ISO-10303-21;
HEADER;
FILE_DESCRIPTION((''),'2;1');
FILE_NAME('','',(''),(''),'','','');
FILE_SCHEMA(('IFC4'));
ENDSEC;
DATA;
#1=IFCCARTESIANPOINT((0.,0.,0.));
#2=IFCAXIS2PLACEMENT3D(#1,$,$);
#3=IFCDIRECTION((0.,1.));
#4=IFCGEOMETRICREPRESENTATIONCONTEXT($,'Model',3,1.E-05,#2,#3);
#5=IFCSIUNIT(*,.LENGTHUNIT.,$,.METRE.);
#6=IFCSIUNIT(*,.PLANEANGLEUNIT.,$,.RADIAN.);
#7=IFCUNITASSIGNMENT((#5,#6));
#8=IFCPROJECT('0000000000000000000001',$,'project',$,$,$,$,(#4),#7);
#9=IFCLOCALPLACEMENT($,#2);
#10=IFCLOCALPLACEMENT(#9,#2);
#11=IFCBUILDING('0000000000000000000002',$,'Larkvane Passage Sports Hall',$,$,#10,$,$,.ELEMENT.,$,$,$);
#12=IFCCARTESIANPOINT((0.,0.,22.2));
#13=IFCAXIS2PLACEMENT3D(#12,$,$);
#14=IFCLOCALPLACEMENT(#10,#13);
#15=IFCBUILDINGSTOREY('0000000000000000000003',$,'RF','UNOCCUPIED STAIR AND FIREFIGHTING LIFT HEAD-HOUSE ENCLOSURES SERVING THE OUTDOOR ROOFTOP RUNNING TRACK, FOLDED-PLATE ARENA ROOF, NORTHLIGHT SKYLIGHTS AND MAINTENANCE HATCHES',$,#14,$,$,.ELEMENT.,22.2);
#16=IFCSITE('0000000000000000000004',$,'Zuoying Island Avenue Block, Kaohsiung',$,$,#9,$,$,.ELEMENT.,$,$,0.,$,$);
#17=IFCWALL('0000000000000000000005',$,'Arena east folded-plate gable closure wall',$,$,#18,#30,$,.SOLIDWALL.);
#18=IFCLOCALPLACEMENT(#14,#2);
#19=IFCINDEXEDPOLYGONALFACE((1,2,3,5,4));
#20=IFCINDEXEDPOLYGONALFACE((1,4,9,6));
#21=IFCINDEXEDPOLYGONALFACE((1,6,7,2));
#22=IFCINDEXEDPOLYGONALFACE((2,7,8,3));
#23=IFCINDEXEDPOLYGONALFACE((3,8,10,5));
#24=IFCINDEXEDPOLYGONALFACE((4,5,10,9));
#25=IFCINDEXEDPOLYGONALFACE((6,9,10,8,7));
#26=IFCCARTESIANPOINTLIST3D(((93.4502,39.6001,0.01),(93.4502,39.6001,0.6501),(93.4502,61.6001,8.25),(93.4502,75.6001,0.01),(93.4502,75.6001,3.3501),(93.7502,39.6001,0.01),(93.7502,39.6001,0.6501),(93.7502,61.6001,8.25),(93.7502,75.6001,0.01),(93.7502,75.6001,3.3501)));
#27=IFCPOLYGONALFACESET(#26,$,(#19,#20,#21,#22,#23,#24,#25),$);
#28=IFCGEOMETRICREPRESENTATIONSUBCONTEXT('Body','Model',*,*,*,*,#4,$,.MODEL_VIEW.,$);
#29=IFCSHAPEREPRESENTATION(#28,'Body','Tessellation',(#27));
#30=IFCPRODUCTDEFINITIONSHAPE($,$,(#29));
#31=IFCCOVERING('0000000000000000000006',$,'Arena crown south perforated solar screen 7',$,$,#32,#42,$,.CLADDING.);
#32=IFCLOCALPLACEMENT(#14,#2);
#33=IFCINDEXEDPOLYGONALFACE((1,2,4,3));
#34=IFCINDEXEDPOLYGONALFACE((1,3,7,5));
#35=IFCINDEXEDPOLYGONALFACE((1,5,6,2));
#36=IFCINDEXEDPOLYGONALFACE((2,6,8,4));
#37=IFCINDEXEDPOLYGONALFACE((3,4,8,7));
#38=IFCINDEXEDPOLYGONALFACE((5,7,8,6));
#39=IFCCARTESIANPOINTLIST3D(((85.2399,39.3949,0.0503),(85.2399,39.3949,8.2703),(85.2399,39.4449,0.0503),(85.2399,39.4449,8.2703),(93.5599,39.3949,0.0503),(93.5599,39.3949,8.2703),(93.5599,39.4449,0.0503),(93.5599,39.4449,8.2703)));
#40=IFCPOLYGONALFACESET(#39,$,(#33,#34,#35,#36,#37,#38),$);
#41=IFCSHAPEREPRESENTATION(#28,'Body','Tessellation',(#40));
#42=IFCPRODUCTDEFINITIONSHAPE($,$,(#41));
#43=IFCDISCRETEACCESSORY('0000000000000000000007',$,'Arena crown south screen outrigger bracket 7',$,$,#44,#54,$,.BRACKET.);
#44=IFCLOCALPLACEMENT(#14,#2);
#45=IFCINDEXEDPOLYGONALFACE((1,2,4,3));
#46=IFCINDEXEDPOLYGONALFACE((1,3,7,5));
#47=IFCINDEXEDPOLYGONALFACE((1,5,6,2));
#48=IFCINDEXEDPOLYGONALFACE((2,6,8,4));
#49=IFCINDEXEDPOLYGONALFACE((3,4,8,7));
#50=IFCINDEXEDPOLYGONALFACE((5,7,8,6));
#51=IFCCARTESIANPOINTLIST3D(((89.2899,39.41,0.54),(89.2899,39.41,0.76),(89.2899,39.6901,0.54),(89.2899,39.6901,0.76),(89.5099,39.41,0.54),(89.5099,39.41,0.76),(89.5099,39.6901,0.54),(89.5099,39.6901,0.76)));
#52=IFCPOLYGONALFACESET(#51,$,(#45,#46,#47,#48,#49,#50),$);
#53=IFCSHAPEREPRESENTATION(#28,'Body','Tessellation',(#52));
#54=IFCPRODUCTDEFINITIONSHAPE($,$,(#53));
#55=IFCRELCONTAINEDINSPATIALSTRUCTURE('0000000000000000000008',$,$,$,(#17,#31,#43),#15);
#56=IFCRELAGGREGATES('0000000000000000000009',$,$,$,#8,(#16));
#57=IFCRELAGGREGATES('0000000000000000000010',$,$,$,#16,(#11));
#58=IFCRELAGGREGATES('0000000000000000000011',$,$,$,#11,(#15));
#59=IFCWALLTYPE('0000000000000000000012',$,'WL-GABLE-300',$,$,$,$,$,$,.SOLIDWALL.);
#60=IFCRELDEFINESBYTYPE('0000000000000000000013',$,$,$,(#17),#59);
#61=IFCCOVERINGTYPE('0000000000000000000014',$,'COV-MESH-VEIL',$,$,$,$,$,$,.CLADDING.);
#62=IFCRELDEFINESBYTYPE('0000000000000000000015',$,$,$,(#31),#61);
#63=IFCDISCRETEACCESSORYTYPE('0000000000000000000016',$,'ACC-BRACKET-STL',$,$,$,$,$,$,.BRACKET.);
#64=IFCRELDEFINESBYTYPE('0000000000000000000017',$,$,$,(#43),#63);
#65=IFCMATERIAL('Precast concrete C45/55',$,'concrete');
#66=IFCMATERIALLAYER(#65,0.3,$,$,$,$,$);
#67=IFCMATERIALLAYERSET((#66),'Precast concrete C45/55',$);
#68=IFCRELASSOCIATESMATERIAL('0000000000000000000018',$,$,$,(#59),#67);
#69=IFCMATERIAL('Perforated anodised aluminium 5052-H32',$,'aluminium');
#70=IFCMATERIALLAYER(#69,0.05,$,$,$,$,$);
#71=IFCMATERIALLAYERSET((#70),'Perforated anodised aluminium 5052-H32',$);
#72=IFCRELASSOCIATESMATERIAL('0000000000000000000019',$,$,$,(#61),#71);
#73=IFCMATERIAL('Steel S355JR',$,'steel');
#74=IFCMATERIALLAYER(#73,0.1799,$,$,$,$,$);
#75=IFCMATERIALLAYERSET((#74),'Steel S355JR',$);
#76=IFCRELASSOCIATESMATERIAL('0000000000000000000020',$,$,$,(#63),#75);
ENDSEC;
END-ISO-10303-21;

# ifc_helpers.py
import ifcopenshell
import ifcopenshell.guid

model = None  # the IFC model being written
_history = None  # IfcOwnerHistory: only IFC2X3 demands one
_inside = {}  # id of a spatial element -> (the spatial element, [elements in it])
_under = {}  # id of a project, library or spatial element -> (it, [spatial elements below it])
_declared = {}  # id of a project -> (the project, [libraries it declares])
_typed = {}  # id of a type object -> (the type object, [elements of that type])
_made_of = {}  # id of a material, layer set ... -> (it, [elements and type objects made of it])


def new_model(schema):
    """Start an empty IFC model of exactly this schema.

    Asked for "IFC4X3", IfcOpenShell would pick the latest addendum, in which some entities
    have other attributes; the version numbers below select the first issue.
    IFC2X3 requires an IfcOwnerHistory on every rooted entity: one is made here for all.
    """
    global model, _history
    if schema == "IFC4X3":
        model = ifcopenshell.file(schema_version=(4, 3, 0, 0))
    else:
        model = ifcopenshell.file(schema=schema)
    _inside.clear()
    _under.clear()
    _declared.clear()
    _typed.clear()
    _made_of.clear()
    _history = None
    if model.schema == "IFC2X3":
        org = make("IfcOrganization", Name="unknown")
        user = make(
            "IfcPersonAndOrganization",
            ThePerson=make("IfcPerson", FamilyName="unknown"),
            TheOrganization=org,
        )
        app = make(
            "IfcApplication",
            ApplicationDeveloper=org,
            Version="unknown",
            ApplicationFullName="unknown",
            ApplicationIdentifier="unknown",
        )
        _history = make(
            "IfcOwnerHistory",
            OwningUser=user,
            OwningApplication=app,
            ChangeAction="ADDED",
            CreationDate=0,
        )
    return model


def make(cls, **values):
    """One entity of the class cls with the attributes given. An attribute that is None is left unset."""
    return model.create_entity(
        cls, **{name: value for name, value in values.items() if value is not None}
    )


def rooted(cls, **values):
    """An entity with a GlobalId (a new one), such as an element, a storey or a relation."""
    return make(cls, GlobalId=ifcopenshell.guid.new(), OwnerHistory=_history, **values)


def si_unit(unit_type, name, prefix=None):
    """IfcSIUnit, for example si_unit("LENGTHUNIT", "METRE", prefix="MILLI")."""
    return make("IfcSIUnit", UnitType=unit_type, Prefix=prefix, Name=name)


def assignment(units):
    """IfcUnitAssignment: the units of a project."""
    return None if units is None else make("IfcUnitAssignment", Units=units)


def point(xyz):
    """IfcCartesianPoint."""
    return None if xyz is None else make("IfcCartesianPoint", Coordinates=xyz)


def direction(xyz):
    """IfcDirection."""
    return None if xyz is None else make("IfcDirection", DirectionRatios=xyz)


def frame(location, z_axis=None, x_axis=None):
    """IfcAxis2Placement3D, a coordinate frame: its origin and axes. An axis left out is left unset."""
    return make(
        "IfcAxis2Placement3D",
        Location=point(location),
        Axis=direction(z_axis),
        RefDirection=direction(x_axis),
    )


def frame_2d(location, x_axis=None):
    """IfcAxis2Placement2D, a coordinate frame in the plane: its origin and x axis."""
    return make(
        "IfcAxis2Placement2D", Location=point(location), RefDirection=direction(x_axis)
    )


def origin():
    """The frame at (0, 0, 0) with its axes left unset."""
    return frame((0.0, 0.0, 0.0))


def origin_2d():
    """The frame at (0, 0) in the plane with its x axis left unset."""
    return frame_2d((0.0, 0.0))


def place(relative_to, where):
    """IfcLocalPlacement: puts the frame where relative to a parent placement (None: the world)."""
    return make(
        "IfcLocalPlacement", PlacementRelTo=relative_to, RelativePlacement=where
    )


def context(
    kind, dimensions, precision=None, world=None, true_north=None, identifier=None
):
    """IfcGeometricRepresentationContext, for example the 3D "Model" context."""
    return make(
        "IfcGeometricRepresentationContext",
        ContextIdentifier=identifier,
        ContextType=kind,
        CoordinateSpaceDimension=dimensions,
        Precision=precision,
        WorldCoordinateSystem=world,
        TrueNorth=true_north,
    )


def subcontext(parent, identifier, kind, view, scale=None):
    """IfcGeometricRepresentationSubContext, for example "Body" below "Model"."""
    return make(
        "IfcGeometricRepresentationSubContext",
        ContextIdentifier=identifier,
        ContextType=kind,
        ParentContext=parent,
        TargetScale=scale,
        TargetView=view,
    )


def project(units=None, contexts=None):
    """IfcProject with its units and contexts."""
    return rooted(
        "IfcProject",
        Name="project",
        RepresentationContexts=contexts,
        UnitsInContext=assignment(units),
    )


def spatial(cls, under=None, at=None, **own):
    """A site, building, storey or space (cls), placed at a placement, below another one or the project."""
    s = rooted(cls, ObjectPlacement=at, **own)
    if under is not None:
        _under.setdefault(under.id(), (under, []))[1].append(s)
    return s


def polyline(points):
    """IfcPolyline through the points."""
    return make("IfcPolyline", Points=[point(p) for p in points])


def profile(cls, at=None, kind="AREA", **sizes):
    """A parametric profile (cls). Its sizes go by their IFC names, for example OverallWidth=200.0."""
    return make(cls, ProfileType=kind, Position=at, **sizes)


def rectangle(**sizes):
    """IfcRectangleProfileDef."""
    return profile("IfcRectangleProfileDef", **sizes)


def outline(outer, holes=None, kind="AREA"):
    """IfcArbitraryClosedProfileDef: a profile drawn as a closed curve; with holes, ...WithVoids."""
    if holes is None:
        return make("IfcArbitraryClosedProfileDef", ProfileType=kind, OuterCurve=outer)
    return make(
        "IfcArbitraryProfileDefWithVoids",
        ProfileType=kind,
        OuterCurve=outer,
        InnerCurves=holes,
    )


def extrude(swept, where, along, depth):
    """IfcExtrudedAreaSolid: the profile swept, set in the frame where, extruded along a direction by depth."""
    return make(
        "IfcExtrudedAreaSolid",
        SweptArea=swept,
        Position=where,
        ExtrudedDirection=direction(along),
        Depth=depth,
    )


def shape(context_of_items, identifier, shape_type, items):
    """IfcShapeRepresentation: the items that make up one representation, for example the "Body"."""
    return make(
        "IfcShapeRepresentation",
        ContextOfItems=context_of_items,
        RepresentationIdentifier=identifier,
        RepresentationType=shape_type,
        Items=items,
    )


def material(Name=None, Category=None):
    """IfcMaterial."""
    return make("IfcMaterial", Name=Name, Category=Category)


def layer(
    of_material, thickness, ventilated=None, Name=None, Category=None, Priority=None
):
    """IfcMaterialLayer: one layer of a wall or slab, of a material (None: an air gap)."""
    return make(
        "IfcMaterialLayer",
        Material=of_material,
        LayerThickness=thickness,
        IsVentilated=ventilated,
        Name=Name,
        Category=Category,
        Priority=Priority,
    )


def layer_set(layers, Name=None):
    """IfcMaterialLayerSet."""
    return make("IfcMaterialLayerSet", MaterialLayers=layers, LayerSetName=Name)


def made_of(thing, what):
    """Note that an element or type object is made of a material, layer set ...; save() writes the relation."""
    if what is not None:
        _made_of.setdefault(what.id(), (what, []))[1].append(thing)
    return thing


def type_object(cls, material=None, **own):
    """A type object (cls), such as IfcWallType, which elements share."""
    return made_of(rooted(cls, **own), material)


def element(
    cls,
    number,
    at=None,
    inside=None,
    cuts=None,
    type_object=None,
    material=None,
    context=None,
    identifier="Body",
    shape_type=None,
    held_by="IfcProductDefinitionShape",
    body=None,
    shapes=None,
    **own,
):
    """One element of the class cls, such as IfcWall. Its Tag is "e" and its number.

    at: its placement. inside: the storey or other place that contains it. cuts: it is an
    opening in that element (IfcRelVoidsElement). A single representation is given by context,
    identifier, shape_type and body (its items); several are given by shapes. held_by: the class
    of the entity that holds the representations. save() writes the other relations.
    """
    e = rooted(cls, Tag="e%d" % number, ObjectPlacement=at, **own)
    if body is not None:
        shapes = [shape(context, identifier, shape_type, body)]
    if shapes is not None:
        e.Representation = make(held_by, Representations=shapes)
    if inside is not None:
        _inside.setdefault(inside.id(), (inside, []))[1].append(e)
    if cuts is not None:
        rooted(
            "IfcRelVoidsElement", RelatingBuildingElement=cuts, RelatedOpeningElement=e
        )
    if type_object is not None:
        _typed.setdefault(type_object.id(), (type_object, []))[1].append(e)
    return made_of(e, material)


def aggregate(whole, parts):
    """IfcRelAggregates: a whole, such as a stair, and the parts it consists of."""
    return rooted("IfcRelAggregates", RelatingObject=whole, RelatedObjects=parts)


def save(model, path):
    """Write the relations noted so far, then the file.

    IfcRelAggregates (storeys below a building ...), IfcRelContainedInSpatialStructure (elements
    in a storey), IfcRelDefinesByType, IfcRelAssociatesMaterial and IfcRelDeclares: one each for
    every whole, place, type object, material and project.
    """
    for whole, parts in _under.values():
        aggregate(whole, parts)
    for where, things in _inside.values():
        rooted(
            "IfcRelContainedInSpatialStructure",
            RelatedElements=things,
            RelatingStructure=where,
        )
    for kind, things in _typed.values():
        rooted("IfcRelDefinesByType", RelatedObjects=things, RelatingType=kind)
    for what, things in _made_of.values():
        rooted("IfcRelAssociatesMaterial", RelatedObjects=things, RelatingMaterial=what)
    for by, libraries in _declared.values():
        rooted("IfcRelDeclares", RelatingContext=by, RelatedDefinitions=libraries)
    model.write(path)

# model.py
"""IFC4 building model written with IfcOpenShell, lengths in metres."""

from ifc_helpers import new_model, si_unit, direction, frame, origin, origin_2d, place, context, subcontext, project, spatial, polyline, rectangle, outline, extrude, material, layer, layer_set, type_object, element, save


model = new_model("IFC4")

# Units and contexts
model_context = context("Model", 3, precision=1e-05, world=origin(), true_north=direction((0.0, 1.0)))
body_context = subcontext(model_context, "Body", "Model", "MODEL_VIEW")
ifc_project = project(units=[si_unit("LENGTHUNIT", "METRE"), si_unit("PLANEANGLEUNIT", "RADIAN")], contexts=[model_context])

# Site, building, storey
site_placement = place(None, origin())
site = spatial("IfcSite", under=ifc_project, at=site_placement, Name="Zuoying Island Avenue Block, Kaohsiung", CompositionType="ELEMENT", RefElevation=0.0)
building_placement = place(site_placement, origin())
building = spatial("IfcBuilding", under=site, at=building_placement, Name="Larkvane Passage Sports Hall", CompositionType="ELEMENT")
storey_placement = place(building_placement, frame((0.0, 0.0, 22.2)))
storey = spatial("IfcBuildingStorey", under=building, at=storey_placement, Name="RF", Description="UNOCCUPIED STAIR AND FIREFIGHTING LIFT HEAD-HOUSE ENCLOSURES SERVING THE OUTDOOR ROOFTOP RUNNING TRACK, FOLDED-PLATE ARENA ROOF, NORTHLIGHT SKYLIGHTS AND MAINTENANCE HATCHES", CompositionType="ELEMENT", Elevation=22.2)

# Shared definitions
ifc_material_1 = material(Name="Steel S355JR", Category="steel")

# Shared definitions
ifc_material_2 = material(Name="Precast concrete C45/55", Category="concrete")

# Wall
ifc_layer_1 = layer(ifc_material_2, 0.3)
ifc_layer_set_1 = layer_set([ifc_layer_1], Name="Precast concrete C45/55")
wall_type = type_object("IfcWallType", Name="WL-GABLE-300", PredefinedType="SOLIDWALL", material=ifc_layer_set_1)
wall_placement = place(storey_placement, frame((93.6001, 39.6001, 0.01), z_axis=(0.0, 0.0, 1.0), x_axis=(0.0, 1.0, 0.0)))
element("IfcWall", 1, at=wall_placement, inside=storey, type_object=wall_type, Name="Arena east folded-plate gable closure wall", PredefinedType="SOLIDWALL", context=body_context, shape_type="SweptSolid", body=[
    extrude(outline(polyline([(0.0, 0.0), (36.0, 0.0), (36.0, 3.3401), (22.0, 8.24), (0.0, 0.6401), (0.0, 0.0)])), frame((0.0, 0.1499, 0.0), z_axis=(0.0, -1.0, 0.0), x_axis=(1.0, 0.0, 0.0)), (0.0, 0.0, 1.0), 0.3),
])

# Covering
ifc_material_3 = material(Name="Perforated anodised aluminium 5052-H32", Category="aluminium")
ifc_layer_2 = layer(ifc_material_3, 0.05)
ifc_layer_set_2 = layer_set([ifc_layer_2], Name="Perforated anodised aluminium 5052-H32")
covering_type = type_object("IfcCoveringType", Name="COV-MESH-VEIL", PredefinedType="CLADDING", material=ifc_layer_set_2)
covering_placement = place(storey_placement, frame((89.3999, 39.4199, 0.0503), z_axis=(0.0, 0.0, 1.0), x_axis=(1.0, 0.0, 0.0)))
element("IfcCovering", 2, at=covering_placement, inside=storey, type_object=covering_type, Name="Arena crown south perforated solar screen 7", PredefinedType="CLADDING", context=body_context, shape_type="SweptSolid", body=[
    extrude(rectangle(XDim=8.3201, YDim=0.05, at=origin_2d()), origin(), (0.0, 0.0, 1.0), 8.22),
])

# Discrete accessory
ifc_layer_3 = layer(ifc_material_1, 0.1799)
ifc_layer_set_3 = layer_set([ifc_layer_3], Name="Steel S355JR")
discrete_accessory_type = type_object("IfcDiscreteAccessoryType", Name="ACC-BRACKET-STL", PredefinedType="BRACKET", material=ifc_layer_set_3)
discrete_accessory_placement = place(storey_placement, frame((89.3999, 39.55, 0.54), z_axis=(0.0, 0.0, 1.0), x_axis=(1.0, 0.0, 0.0)))
element("IfcDiscreteAccessory", 3, at=discrete_accessory_placement, inside=storey, type_object=discrete_accessory_type, Name="Arena crown south screen outrigger bracket 7", PredefinedType="BRACKET", context=body_context, shape_type="SweptSolid", body=[
    extrude(rectangle(XDim=0.22, YDim=0.28, at=origin_2d()), origin(), (0.0, 0.0, 1.0), 0.22),
])

save(model, "model.ifc")
